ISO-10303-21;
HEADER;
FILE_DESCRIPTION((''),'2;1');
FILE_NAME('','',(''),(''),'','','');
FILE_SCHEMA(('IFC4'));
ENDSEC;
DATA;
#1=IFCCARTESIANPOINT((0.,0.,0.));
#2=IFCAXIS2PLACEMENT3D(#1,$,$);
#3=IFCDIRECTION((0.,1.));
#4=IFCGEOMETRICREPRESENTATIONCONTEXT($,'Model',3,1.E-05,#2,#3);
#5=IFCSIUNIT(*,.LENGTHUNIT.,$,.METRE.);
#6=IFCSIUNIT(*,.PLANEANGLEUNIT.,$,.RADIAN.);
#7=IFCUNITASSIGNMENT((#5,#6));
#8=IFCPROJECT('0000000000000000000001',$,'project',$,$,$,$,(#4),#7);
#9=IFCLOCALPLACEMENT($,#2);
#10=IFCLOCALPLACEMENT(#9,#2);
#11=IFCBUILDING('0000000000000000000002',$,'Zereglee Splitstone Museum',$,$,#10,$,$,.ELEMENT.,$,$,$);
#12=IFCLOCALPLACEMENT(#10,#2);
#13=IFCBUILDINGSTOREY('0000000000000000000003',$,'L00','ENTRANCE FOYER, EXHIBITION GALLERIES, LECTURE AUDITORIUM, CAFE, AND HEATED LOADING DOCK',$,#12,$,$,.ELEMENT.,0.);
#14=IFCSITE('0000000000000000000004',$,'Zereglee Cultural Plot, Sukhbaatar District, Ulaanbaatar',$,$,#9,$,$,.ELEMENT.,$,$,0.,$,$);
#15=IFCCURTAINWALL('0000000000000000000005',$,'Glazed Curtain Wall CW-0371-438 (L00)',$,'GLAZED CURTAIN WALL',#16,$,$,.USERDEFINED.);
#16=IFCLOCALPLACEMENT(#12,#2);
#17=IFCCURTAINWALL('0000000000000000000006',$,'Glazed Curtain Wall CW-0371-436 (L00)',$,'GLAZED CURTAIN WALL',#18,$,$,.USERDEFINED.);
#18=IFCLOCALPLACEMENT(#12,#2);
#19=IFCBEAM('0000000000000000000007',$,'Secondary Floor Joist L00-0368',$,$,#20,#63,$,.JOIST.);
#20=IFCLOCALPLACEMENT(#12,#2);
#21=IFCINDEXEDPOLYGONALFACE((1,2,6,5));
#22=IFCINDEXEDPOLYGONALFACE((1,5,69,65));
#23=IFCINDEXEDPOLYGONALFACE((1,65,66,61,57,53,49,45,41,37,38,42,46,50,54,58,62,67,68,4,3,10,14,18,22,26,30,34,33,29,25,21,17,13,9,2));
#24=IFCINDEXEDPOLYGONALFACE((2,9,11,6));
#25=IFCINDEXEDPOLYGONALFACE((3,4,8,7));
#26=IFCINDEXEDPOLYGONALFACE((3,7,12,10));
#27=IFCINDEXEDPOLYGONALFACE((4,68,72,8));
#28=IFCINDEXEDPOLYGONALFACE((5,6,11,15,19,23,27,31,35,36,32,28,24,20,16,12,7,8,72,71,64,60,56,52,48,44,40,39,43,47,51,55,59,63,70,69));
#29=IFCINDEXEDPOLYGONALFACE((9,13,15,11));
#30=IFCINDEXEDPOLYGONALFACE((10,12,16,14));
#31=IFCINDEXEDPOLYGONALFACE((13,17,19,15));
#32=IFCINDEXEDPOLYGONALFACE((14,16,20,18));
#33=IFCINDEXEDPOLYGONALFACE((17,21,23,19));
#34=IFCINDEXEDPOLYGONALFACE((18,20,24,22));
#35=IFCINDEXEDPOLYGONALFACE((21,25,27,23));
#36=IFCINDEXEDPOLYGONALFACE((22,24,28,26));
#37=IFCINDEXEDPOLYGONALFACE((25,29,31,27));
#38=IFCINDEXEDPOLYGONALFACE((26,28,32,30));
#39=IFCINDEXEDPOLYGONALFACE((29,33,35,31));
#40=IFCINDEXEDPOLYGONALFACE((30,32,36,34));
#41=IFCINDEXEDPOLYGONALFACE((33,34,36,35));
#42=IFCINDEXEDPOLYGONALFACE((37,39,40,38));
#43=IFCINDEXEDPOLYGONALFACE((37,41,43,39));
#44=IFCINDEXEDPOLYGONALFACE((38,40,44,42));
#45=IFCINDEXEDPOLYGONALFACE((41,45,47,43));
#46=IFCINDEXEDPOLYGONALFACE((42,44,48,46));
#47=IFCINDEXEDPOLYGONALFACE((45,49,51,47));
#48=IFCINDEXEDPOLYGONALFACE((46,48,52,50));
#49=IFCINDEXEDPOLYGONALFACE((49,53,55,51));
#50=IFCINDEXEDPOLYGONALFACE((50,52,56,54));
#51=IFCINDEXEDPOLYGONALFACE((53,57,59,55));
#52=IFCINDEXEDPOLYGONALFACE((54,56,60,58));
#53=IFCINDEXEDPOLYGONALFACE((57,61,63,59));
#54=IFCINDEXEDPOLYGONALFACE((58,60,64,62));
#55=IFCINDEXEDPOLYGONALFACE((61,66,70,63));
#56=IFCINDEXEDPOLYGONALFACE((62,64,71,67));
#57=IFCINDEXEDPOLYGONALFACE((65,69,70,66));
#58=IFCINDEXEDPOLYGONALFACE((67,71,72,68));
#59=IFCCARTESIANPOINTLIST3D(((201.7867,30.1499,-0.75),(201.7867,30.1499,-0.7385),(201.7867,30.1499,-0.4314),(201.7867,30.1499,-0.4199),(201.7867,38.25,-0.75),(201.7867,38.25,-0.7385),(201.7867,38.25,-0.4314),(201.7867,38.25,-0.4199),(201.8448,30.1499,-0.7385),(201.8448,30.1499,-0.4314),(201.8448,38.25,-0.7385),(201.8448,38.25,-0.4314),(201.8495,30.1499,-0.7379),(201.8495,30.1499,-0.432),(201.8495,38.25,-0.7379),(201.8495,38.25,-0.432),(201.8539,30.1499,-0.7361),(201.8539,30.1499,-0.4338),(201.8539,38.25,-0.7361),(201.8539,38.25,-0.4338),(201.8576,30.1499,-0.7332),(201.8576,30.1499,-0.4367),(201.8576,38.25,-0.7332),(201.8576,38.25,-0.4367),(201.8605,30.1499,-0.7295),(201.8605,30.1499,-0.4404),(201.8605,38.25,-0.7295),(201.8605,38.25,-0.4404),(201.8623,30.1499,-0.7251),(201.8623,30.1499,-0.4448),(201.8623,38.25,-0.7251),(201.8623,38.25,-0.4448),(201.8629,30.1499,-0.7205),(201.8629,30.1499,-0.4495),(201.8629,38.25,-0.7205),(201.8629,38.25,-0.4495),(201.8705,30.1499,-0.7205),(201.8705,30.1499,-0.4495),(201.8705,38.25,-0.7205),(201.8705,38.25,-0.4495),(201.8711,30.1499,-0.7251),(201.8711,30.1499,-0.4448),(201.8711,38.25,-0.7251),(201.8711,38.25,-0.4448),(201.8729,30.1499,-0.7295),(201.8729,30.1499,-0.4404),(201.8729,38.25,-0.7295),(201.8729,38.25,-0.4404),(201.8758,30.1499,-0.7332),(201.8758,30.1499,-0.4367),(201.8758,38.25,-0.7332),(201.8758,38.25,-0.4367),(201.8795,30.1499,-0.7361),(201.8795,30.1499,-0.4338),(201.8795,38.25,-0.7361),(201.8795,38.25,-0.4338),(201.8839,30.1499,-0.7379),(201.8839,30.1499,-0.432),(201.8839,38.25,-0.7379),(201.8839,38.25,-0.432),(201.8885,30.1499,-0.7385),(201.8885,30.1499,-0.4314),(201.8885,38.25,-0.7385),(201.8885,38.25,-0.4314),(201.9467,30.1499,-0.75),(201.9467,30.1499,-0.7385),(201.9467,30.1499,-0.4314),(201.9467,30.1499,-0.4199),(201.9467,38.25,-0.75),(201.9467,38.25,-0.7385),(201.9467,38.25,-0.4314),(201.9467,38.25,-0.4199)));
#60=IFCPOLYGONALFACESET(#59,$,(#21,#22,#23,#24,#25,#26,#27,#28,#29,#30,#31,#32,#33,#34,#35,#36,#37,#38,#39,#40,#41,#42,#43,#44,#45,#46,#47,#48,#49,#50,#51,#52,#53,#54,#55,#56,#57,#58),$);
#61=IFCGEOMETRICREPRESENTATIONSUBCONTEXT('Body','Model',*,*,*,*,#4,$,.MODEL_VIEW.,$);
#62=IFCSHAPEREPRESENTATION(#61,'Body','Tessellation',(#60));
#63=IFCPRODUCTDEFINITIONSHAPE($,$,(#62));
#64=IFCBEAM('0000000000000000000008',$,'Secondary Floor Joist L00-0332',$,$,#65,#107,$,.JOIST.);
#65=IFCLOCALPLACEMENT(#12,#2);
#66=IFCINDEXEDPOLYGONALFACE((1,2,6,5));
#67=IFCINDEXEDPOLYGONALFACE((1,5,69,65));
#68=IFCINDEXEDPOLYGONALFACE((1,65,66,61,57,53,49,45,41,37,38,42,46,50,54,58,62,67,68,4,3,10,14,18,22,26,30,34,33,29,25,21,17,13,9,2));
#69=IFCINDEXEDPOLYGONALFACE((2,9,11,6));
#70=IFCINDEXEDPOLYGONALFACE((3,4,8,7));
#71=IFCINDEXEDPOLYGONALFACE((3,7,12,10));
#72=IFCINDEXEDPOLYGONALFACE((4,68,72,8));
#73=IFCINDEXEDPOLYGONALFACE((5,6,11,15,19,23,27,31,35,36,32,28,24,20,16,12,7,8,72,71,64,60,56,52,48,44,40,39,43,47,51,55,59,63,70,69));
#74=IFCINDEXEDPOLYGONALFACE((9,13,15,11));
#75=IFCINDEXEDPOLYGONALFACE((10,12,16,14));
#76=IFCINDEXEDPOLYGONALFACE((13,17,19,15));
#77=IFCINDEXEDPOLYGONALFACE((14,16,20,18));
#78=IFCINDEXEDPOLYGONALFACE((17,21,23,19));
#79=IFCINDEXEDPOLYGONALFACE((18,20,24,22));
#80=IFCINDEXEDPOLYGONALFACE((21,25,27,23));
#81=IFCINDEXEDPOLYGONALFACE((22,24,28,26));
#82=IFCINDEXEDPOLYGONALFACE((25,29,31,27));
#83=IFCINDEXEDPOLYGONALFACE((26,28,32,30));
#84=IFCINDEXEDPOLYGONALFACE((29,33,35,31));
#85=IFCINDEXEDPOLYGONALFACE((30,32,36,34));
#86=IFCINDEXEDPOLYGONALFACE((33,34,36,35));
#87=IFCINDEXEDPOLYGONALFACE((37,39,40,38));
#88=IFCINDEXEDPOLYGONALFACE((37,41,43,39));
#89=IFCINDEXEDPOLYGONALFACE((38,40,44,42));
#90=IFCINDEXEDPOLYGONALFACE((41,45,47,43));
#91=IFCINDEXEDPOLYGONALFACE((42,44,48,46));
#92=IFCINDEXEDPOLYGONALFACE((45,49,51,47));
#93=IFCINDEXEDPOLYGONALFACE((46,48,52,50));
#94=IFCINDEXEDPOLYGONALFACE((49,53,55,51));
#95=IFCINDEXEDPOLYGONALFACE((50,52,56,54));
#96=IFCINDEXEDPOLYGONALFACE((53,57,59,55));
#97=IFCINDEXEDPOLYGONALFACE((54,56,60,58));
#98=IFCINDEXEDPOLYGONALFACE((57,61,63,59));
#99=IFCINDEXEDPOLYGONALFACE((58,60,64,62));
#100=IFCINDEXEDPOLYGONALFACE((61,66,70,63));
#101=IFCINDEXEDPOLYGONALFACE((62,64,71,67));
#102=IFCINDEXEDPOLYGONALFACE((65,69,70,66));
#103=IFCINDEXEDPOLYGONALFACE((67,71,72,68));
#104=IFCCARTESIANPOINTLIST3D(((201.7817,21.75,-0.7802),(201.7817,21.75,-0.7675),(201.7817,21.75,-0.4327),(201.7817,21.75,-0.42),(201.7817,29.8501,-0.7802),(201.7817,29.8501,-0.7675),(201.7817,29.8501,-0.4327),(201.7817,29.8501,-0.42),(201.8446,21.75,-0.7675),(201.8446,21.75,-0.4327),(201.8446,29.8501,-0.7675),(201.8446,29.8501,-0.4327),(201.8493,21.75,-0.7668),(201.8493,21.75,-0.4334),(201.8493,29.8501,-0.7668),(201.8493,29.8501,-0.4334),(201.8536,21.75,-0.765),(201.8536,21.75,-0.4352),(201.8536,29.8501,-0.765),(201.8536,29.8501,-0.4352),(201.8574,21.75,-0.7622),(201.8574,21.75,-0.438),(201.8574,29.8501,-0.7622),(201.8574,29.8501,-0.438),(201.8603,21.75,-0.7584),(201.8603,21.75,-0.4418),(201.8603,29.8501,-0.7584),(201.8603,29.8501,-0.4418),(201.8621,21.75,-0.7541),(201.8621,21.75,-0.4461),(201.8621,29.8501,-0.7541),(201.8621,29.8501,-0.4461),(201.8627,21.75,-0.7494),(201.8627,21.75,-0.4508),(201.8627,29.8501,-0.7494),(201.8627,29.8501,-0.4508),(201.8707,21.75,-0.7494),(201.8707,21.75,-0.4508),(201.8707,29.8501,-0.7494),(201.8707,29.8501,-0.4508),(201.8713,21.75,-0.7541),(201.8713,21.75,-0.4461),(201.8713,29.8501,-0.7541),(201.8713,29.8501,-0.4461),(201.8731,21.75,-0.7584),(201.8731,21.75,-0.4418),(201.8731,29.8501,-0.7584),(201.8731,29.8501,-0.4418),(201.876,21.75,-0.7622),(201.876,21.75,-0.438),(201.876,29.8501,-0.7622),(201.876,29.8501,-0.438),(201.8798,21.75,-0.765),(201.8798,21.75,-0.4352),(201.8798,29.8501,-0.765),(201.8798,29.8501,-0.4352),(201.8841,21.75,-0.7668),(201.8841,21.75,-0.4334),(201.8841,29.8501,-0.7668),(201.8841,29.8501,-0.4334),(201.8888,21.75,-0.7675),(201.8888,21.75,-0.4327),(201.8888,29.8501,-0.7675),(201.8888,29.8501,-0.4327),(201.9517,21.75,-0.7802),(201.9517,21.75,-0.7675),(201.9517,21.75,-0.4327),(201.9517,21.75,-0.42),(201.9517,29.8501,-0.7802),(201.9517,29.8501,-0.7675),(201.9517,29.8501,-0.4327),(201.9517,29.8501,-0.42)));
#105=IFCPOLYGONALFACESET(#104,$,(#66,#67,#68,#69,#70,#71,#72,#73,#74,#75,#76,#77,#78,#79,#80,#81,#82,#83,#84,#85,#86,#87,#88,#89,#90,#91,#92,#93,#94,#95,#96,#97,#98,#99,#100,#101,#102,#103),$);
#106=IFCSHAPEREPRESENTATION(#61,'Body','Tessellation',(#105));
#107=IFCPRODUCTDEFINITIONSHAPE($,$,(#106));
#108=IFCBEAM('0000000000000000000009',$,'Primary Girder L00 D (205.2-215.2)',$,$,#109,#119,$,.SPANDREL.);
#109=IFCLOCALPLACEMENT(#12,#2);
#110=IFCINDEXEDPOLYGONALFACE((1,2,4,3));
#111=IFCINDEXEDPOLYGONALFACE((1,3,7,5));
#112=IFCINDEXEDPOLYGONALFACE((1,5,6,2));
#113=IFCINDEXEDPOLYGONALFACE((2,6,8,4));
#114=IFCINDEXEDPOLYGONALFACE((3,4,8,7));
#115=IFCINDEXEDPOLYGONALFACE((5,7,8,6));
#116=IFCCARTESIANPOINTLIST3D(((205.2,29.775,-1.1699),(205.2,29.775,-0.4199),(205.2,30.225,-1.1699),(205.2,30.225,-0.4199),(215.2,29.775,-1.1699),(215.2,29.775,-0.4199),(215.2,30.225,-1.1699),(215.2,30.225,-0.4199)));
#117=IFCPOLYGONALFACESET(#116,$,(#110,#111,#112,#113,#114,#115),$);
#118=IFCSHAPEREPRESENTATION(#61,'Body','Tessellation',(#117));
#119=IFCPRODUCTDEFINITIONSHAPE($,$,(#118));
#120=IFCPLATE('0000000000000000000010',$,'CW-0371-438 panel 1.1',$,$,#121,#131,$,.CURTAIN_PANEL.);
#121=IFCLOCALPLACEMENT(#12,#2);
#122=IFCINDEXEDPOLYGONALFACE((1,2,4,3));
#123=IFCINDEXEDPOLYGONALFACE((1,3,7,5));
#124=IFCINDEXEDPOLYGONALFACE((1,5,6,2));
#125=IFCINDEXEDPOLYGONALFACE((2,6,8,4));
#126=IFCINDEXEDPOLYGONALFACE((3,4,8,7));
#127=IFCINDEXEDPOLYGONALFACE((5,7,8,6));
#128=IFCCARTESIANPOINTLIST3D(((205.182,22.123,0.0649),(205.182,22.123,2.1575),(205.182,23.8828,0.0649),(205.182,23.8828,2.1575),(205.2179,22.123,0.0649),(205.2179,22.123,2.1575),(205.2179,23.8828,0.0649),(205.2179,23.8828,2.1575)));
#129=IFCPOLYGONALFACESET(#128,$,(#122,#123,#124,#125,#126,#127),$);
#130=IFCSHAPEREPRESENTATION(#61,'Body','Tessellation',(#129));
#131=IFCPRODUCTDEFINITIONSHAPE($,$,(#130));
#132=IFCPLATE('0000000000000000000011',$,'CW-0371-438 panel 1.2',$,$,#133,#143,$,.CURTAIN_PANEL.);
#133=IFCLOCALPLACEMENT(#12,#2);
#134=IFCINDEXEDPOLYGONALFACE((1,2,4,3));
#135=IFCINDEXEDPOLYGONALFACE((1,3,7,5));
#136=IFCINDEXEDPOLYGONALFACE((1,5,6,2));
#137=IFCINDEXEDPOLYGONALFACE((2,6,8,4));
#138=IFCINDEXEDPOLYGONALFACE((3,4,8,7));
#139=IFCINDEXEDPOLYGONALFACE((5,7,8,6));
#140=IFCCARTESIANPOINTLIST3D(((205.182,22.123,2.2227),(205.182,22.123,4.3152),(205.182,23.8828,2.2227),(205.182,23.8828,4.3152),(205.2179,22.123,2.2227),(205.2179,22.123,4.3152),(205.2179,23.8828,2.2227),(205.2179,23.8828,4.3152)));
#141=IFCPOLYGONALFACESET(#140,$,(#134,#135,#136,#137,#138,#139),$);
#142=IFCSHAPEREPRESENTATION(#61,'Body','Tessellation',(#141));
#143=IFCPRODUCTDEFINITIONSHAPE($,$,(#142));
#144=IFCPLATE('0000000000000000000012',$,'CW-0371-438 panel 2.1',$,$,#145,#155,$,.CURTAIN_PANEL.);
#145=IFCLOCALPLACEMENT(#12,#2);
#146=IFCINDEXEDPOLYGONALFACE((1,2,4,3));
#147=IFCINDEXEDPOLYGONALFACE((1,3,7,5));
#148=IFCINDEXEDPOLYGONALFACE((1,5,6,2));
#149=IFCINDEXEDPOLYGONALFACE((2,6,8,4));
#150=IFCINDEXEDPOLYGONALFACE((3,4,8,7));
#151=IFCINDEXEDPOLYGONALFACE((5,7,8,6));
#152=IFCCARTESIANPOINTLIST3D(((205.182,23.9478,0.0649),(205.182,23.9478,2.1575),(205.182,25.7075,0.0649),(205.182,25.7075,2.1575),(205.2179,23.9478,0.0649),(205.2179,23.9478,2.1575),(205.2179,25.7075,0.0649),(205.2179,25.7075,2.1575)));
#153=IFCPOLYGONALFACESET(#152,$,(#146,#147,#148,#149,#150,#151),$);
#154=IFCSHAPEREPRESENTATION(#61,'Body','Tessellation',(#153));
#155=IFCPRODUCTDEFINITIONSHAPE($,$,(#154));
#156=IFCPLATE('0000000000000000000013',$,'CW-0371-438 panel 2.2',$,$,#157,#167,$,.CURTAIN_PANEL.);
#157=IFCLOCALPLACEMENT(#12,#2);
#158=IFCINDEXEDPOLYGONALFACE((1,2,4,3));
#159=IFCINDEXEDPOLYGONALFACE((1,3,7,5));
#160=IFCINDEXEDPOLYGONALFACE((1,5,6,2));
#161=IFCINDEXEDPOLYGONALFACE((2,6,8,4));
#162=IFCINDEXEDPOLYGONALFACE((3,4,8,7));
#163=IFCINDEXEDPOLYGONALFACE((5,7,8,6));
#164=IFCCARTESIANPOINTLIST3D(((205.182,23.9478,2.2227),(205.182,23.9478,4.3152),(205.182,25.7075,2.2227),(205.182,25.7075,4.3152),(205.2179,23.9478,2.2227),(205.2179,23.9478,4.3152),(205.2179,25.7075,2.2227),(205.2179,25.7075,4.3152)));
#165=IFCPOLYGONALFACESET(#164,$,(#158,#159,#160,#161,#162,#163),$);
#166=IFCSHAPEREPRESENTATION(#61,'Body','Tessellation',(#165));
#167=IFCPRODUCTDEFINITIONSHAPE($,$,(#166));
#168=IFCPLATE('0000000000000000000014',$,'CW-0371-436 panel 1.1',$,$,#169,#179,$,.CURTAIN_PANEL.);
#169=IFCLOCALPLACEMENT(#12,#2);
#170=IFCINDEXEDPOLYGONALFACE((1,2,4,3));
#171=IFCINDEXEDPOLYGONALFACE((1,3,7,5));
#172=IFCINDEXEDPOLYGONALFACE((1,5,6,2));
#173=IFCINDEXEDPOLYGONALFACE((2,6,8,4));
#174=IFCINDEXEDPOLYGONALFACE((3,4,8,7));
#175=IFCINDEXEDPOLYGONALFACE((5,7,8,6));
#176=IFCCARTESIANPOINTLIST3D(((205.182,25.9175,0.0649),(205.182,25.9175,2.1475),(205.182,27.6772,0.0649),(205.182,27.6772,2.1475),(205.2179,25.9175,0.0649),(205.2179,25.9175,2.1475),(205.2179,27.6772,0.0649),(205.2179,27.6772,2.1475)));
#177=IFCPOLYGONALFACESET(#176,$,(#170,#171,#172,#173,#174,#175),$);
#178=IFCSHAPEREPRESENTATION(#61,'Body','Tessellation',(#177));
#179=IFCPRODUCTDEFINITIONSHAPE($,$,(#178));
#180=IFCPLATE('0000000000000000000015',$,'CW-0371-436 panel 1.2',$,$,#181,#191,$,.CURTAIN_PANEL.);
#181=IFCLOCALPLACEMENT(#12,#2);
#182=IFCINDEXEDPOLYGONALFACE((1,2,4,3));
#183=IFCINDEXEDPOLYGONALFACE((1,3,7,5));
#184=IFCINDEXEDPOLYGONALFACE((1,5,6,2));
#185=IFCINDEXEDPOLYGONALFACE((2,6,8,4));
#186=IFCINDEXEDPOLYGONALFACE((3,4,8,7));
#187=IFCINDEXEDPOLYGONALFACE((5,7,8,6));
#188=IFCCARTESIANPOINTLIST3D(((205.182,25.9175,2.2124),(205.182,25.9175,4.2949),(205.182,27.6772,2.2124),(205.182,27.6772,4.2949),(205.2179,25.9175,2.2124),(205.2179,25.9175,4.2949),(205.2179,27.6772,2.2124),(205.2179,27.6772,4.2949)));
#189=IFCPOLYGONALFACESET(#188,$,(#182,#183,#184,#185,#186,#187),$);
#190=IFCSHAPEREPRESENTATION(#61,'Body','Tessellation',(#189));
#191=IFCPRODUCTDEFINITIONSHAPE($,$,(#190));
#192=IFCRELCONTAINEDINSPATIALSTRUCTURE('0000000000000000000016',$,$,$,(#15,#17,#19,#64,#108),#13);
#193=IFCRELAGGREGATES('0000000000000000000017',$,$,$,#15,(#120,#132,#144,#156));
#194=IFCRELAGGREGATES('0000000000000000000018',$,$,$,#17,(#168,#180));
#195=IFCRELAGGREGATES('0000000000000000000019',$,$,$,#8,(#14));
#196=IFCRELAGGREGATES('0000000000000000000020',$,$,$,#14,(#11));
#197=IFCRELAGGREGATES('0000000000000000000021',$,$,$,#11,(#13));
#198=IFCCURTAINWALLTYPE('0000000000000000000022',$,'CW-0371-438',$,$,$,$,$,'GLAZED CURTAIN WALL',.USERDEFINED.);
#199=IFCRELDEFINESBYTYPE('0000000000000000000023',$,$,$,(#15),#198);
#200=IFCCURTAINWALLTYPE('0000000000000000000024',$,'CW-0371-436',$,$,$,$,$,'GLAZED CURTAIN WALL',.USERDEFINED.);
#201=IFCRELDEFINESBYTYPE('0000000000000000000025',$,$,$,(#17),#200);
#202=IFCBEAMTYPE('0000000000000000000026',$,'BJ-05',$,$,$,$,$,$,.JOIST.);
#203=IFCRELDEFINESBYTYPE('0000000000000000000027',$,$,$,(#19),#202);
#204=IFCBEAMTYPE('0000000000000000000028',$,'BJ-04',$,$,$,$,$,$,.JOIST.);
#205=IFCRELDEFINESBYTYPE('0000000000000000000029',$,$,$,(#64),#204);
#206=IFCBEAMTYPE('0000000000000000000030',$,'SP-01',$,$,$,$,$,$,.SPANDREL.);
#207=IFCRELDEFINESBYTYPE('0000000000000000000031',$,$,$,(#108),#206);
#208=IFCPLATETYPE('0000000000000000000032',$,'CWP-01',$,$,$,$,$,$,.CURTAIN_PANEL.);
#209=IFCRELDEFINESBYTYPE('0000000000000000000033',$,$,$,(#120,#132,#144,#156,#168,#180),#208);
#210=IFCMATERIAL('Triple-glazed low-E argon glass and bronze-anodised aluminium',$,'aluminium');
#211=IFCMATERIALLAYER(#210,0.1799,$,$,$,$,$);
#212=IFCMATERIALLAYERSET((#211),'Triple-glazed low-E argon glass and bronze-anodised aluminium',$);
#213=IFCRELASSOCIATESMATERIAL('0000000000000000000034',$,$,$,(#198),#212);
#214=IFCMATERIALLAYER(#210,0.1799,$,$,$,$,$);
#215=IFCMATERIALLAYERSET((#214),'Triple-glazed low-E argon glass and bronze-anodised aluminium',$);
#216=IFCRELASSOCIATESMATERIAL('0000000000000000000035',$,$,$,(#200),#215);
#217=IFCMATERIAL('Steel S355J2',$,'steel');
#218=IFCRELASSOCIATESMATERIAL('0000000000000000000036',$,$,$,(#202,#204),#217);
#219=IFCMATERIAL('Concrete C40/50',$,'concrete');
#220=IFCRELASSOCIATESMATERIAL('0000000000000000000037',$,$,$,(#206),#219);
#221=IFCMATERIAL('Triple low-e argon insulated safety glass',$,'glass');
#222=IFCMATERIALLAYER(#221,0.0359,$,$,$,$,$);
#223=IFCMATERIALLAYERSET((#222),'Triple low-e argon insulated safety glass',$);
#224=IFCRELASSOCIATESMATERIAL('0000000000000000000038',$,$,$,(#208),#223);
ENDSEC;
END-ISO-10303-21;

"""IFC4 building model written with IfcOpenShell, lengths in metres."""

from ifc_helpers import new_model, si_unit, direction, frame, origin, origin_2d, place, context, subcontext, project, spatial, rectangle, i_section, extrude, material, layer, layer_set, material_profile, profile_set, type_object, element, aggregate, save


model = new_model("IFC4")

# Units and contexts
model_context = context("Model", 3, precision=1e-05, world=origin(), true_north=direction((0.0, 1.0)))
body_context = subcontext(model_context, "Body", "Model", "MODEL_VIEW")
ifc_project = project(units=[si_unit("LENGTHUNIT", "METRE"), si_unit("PLANEANGLEUNIT", "RADIAN")], contexts=[model_context])

# Site, building, storey
site_placement = place(None, origin())
site = spatial("IfcSite", under=ifc_project, at=site_placement, Name="Zereglee Cultural Plot, Sukhbaatar District, Ulaanbaatar", CompositionType="ELEMENT", RefElevation=0.0)
building_placement = place(site_placement, origin())
building = spatial("IfcBuilding", under=site, at=building_placement, Name="Zereglee Splitstone Museum", CompositionType="ELEMENT")
storey_placement = place(building_placement, origin())
storey = spatial("IfcBuildingStorey", under=building, at=storey_placement, Name="L00", Description="ENTRANCE FOYER, EXHIBITION GALLERIES, LECTURE AUDITORIUM, CAFE, AND HEATED LOADING DOCK", CompositionType="ELEMENT", Elevation=0.0)

# Curtain walls
ifc_material_1 = material(Name="Triple-glazed low-E argon glass and bronze-anodised aluminium", Category="aluminium")
ifc_layer_1 = layer(ifc_material_1, 0.1799)
ifc_layer_set_1 = layer_set([ifc_layer_1], Name="Triple-glazed low-E argon glass and bronze-anodised aluminium")
curtain_wall_type_1 = type_object("IfcCurtainWallType", Name="CW-0371-438", ElementType="GLAZED CURTAIN WALL", PredefinedType="USERDEFINED", material=ifc_layer_set_1)
curtain_wall_1_placement = place(storey_placement, origin())
curtain_wall_1 = element("IfcCurtainWall", 1, at=curtain_wall_1_placement, inside=storey, type_object=curtain_wall_type_1, Name="Glazed Curtain Wall CW-0371-438 (L00)", ObjectType="GLAZED CURTAIN WALL", PredefinedType="USERDEFINED")
ifc_layer_2 = layer(ifc_material_1, 0.1799)
ifc_layer_set_2 = layer_set([ifc_layer_2], Name="Triple-glazed low-E argon glass and bronze-anodised aluminium")
curtain_wall_type_2 = type_object("IfcCurtainWallType", Name="CW-0371-436", ElementType="GLAZED CURTAIN WALL", PredefinedType="USERDEFINED", material=ifc_layer_set_2)
curtain_wall_2_placement = place(storey_placement, origin())
curtain_wall_2 = element("IfcCurtainWall", 2, at=curtain_wall_2_placement, inside=storey, type_object=curtain_wall_type_2, Name="Glazed Curtain Wall CW-0371-436 (L00)", ObjectType="GLAZED CURTAIN WALL", PredefinedType="USERDEFINED")

# Beams
ifc_material_2 = material(Name="Steel S355J2", Category="steel")
ifc_material_profile_1 = material_profile(ifc_material_2, i_section(OverallWidth=0.1599, OverallDepth=0.3301, WebThickness=0.0076, FlangeThickness=0.0115, FilletRadius=0.0181, at=origin_2d()), Name="IPE 330")
ifc_profile_set_1 = profile_set([ifc_material_profile_1], Name="Steel S355J2")
beam_type_1 = type_object("IfcBeamType", Name="BJ-05", PredefinedType="JOIST", material=ifc_profile_set_1)
beam_1_placement = place(storey_placement, frame((201.8667, 30.1499, -0.585), z_axis=(0.0, 1.0, 0.0), x_axis=(-1.0, 0.0, 0.0)))
element("IfcBeam", 3, at=beam_1_placement, inside=storey, type_object=beam_type_1, Name="Secondary Floor Joist L00-0368", PredefinedType="JOIST", context=body_context, shape_type="SweptSolid", body=[
    extrude(i_section(OverallWidth=0.1599, OverallDepth=0.3301, WebThickness=0.0076, FlangeThickness=0.0115, FilletRadius=0.0181, at=origin_2d()), origin(), (0.0, 0.0, 1.0), 8.1001),
])
ifc_material_profile_2 = material_profile(ifc_material_2, i_section(OverallWidth=0.1699, OverallDepth=0.3601, WebThickness=0.0081, FlangeThickness=0.0127, FilletRadius=0.0181, at=origin_2d()), Name="IPE 360")
ifc_profile_set_2 = profile_set([ifc_material_profile_2], Name="Steel S355J2")
beam_type_2 = type_object("IfcBeamType", Name="BJ-04", PredefinedType="JOIST", material=ifc_profile_set_2)
beam_2_placement = place(storey_placement, frame((201.8667, 21.75, -0.6001), z_axis=(0.0, 1.0, 0.0), x_axis=(-1.0, 0.0, 0.0)))
element("IfcBeam", 4, at=beam_2_placement, inside=storey, type_object=beam_type_2, Name="Secondary Floor Joist L00-0332", PredefinedType="JOIST", context=body_context, shape_type="SweptSolid", body=[
    extrude(i_section(OverallWidth=0.1699, OverallDepth=0.3601, WebThickness=0.0081, FlangeThickness=0.0127, FilletRadius=0.0181, at=origin_2d()), origin(), (0.0, 0.0, 1.0), 8.1001),
])
ifc_material_3 = material(Name="Concrete C40/50", Category="concrete")
ifc_material_profile_3 = material_profile(ifc_material_3, rectangle(XDim=0.45, YDim=0.75, at=origin_2d()), Name="RC 450x750")
ifc_profile_set_3 = profile_set([ifc_material_profile_3], Name="Concrete C40/50")
beam_type_3 = type_object("IfcBeamType", Name="SP-01", PredefinedType="SPANDREL", material=ifc_profile_set_3)
beam_3_placement = place(storey_placement, frame((205.2, 30.0, -0.7949), z_axis=(1.0, 0.0, 0.0), x_axis=(0.0, 1.0, 0.0)))
element("IfcBeam", 5, at=beam_3_placement, inside=storey, type_object=beam_type_3, Name="Primary Girder L00 D (205.2-215.2)", PredefinedType="SPANDREL", context=body_context, shape_type="SweptSolid", body=[
    extrude(rectangle(XDim=0.45, YDim=0.75, at=origin_2d()), origin(), (0.0, 0.0, 1.0), 10.0),
])

# Plates
ifc_material_4 = material(Name="Triple low-e argon insulated safety glass", Category="glass")
ifc_layer_3 = layer(ifc_material_4, 0.0359)
ifc_layer_set_3 = layer_set([ifc_layer_3], Name="Triple low-e argon insulated safety glass")
plate_type = type_object("IfcPlateType", Name="CWP-01", PredefinedType="CURTAIN_PANEL", material=ifc_layer_set_3)
plate_1_placement = place(storey_placement, frame((205.2, 23.0029, 0.0649), z_axis=(0.0, 0.0, 1.0), x_axis=(0.0, 1.0, 0.0)))
plate_1 = element("IfcPlate", 6, at=plate_1_placement, type_object=plate_type, Name="CW-0371-438 panel 1.1", PredefinedType="CURTAIN_PANEL", context=body_context, shape_type="SweptSolid", body=[
    extrude(rectangle(XDim=1.7598, YDim=0.0359, at=origin_2d()), origin(), (0.0, 0.0, 1.0), 2.0925),
])
plate_2_placement = place(storey_placement, frame((205.2, 23.0029, 2.2227), z_axis=(0.0, 0.0, 1.0), x_axis=(0.0, 1.0, 0.0)))
plate_2 = element("IfcPlate", 7, at=plate_2_placement, type_object=plate_type, Name="CW-0371-438 panel 1.2", PredefinedType="CURTAIN_PANEL", context=body_context, shape_type="SweptSolid", body=[
    extrude(rectangle(XDim=1.7598, YDim=0.0359, at=origin_2d()), origin(), (0.0, 0.0, 1.0), 2.0925),
])
plate_3_placement = place(storey_placement, frame((205.2, 24.8276, 0.0649), z_axis=(0.0, 0.0, 1.0), x_axis=(0.0, 1.0, 0.0)))
plate_3 = element("IfcPlate", 8, at=plate_3_placement, type_object=plate_type, Name="CW-0371-438 panel 2.1", PredefinedType="CURTAIN_PANEL", context=body_context, shape_type="SweptSolid", body=[
    extrude(rectangle(XDim=1.7598, YDim=0.0359, at=origin_2d()), origin(), (0.0, 0.0, 1.0), 2.0925),
])
plate_4_placement = place(storey_placement, frame((205.2, 24.8276, 2.2227), z_axis=(0.0, 0.0, 1.0), x_axis=(0.0, 1.0, 0.0)))
plate_4 = element("IfcPlate", 9, at=plate_4_placement, type_object=plate_type, Name="CW-0371-438 panel 2.2", PredefinedType="CURTAIN_PANEL", context=body_context, shape_type="SweptSolid", body=[
    extrude(rectangle(XDim=1.7598, YDim=0.0359, at=origin_2d()), origin(), (0.0, 0.0, 1.0), 2.0925),
])
aggregate(curtain_wall_1, [plate_1, plate_2, plate_3, plate_4])
plate_5_placement = place(storey_placement, frame((205.2, 26.7974, 0.0649), z_axis=(0.0, 0.0, 1.0), x_axis=(0.0, 1.0, 0.0)))
plate_5 = element("IfcPlate", 10, at=plate_5_placement, type_object=plate_type, Name="CW-0371-436 panel 1.1", PredefinedType="CURTAIN_PANEL", context=body_context, shape_type="SweptSolid", body=[
    extrude(rectangle(XDim=1.7598, YDim=0.0359, at=origin_2d()), origin(), (0.0, 0.0, 1.0), 2.0825),
])
plate_6_placement = place(storey_placement, frame((205.2, 26.7974, 2.2124), z_axis=(0.0, 0.0, 1.0), x_axis=(0.0, 1.0, 0.0)))
plate_6 = element("IfcPlate", 11, at=plate_6_placement, type_object=plate_type, Name="CW-0371-436 panel 1.2", PredefinedType="CURTAIN_PANEL", context=body_context, shape_type="SweptSolid", body=[
    extrude(rectangle(XDim=1.7598, YDim=0.0359, at=origin_2d()), origin(), (0.0, 0.0, 1.0), 2.0825),
])
aggregate(curtain_wall_2, [plate_5, plate_6])

save(model, "model.ifc")
